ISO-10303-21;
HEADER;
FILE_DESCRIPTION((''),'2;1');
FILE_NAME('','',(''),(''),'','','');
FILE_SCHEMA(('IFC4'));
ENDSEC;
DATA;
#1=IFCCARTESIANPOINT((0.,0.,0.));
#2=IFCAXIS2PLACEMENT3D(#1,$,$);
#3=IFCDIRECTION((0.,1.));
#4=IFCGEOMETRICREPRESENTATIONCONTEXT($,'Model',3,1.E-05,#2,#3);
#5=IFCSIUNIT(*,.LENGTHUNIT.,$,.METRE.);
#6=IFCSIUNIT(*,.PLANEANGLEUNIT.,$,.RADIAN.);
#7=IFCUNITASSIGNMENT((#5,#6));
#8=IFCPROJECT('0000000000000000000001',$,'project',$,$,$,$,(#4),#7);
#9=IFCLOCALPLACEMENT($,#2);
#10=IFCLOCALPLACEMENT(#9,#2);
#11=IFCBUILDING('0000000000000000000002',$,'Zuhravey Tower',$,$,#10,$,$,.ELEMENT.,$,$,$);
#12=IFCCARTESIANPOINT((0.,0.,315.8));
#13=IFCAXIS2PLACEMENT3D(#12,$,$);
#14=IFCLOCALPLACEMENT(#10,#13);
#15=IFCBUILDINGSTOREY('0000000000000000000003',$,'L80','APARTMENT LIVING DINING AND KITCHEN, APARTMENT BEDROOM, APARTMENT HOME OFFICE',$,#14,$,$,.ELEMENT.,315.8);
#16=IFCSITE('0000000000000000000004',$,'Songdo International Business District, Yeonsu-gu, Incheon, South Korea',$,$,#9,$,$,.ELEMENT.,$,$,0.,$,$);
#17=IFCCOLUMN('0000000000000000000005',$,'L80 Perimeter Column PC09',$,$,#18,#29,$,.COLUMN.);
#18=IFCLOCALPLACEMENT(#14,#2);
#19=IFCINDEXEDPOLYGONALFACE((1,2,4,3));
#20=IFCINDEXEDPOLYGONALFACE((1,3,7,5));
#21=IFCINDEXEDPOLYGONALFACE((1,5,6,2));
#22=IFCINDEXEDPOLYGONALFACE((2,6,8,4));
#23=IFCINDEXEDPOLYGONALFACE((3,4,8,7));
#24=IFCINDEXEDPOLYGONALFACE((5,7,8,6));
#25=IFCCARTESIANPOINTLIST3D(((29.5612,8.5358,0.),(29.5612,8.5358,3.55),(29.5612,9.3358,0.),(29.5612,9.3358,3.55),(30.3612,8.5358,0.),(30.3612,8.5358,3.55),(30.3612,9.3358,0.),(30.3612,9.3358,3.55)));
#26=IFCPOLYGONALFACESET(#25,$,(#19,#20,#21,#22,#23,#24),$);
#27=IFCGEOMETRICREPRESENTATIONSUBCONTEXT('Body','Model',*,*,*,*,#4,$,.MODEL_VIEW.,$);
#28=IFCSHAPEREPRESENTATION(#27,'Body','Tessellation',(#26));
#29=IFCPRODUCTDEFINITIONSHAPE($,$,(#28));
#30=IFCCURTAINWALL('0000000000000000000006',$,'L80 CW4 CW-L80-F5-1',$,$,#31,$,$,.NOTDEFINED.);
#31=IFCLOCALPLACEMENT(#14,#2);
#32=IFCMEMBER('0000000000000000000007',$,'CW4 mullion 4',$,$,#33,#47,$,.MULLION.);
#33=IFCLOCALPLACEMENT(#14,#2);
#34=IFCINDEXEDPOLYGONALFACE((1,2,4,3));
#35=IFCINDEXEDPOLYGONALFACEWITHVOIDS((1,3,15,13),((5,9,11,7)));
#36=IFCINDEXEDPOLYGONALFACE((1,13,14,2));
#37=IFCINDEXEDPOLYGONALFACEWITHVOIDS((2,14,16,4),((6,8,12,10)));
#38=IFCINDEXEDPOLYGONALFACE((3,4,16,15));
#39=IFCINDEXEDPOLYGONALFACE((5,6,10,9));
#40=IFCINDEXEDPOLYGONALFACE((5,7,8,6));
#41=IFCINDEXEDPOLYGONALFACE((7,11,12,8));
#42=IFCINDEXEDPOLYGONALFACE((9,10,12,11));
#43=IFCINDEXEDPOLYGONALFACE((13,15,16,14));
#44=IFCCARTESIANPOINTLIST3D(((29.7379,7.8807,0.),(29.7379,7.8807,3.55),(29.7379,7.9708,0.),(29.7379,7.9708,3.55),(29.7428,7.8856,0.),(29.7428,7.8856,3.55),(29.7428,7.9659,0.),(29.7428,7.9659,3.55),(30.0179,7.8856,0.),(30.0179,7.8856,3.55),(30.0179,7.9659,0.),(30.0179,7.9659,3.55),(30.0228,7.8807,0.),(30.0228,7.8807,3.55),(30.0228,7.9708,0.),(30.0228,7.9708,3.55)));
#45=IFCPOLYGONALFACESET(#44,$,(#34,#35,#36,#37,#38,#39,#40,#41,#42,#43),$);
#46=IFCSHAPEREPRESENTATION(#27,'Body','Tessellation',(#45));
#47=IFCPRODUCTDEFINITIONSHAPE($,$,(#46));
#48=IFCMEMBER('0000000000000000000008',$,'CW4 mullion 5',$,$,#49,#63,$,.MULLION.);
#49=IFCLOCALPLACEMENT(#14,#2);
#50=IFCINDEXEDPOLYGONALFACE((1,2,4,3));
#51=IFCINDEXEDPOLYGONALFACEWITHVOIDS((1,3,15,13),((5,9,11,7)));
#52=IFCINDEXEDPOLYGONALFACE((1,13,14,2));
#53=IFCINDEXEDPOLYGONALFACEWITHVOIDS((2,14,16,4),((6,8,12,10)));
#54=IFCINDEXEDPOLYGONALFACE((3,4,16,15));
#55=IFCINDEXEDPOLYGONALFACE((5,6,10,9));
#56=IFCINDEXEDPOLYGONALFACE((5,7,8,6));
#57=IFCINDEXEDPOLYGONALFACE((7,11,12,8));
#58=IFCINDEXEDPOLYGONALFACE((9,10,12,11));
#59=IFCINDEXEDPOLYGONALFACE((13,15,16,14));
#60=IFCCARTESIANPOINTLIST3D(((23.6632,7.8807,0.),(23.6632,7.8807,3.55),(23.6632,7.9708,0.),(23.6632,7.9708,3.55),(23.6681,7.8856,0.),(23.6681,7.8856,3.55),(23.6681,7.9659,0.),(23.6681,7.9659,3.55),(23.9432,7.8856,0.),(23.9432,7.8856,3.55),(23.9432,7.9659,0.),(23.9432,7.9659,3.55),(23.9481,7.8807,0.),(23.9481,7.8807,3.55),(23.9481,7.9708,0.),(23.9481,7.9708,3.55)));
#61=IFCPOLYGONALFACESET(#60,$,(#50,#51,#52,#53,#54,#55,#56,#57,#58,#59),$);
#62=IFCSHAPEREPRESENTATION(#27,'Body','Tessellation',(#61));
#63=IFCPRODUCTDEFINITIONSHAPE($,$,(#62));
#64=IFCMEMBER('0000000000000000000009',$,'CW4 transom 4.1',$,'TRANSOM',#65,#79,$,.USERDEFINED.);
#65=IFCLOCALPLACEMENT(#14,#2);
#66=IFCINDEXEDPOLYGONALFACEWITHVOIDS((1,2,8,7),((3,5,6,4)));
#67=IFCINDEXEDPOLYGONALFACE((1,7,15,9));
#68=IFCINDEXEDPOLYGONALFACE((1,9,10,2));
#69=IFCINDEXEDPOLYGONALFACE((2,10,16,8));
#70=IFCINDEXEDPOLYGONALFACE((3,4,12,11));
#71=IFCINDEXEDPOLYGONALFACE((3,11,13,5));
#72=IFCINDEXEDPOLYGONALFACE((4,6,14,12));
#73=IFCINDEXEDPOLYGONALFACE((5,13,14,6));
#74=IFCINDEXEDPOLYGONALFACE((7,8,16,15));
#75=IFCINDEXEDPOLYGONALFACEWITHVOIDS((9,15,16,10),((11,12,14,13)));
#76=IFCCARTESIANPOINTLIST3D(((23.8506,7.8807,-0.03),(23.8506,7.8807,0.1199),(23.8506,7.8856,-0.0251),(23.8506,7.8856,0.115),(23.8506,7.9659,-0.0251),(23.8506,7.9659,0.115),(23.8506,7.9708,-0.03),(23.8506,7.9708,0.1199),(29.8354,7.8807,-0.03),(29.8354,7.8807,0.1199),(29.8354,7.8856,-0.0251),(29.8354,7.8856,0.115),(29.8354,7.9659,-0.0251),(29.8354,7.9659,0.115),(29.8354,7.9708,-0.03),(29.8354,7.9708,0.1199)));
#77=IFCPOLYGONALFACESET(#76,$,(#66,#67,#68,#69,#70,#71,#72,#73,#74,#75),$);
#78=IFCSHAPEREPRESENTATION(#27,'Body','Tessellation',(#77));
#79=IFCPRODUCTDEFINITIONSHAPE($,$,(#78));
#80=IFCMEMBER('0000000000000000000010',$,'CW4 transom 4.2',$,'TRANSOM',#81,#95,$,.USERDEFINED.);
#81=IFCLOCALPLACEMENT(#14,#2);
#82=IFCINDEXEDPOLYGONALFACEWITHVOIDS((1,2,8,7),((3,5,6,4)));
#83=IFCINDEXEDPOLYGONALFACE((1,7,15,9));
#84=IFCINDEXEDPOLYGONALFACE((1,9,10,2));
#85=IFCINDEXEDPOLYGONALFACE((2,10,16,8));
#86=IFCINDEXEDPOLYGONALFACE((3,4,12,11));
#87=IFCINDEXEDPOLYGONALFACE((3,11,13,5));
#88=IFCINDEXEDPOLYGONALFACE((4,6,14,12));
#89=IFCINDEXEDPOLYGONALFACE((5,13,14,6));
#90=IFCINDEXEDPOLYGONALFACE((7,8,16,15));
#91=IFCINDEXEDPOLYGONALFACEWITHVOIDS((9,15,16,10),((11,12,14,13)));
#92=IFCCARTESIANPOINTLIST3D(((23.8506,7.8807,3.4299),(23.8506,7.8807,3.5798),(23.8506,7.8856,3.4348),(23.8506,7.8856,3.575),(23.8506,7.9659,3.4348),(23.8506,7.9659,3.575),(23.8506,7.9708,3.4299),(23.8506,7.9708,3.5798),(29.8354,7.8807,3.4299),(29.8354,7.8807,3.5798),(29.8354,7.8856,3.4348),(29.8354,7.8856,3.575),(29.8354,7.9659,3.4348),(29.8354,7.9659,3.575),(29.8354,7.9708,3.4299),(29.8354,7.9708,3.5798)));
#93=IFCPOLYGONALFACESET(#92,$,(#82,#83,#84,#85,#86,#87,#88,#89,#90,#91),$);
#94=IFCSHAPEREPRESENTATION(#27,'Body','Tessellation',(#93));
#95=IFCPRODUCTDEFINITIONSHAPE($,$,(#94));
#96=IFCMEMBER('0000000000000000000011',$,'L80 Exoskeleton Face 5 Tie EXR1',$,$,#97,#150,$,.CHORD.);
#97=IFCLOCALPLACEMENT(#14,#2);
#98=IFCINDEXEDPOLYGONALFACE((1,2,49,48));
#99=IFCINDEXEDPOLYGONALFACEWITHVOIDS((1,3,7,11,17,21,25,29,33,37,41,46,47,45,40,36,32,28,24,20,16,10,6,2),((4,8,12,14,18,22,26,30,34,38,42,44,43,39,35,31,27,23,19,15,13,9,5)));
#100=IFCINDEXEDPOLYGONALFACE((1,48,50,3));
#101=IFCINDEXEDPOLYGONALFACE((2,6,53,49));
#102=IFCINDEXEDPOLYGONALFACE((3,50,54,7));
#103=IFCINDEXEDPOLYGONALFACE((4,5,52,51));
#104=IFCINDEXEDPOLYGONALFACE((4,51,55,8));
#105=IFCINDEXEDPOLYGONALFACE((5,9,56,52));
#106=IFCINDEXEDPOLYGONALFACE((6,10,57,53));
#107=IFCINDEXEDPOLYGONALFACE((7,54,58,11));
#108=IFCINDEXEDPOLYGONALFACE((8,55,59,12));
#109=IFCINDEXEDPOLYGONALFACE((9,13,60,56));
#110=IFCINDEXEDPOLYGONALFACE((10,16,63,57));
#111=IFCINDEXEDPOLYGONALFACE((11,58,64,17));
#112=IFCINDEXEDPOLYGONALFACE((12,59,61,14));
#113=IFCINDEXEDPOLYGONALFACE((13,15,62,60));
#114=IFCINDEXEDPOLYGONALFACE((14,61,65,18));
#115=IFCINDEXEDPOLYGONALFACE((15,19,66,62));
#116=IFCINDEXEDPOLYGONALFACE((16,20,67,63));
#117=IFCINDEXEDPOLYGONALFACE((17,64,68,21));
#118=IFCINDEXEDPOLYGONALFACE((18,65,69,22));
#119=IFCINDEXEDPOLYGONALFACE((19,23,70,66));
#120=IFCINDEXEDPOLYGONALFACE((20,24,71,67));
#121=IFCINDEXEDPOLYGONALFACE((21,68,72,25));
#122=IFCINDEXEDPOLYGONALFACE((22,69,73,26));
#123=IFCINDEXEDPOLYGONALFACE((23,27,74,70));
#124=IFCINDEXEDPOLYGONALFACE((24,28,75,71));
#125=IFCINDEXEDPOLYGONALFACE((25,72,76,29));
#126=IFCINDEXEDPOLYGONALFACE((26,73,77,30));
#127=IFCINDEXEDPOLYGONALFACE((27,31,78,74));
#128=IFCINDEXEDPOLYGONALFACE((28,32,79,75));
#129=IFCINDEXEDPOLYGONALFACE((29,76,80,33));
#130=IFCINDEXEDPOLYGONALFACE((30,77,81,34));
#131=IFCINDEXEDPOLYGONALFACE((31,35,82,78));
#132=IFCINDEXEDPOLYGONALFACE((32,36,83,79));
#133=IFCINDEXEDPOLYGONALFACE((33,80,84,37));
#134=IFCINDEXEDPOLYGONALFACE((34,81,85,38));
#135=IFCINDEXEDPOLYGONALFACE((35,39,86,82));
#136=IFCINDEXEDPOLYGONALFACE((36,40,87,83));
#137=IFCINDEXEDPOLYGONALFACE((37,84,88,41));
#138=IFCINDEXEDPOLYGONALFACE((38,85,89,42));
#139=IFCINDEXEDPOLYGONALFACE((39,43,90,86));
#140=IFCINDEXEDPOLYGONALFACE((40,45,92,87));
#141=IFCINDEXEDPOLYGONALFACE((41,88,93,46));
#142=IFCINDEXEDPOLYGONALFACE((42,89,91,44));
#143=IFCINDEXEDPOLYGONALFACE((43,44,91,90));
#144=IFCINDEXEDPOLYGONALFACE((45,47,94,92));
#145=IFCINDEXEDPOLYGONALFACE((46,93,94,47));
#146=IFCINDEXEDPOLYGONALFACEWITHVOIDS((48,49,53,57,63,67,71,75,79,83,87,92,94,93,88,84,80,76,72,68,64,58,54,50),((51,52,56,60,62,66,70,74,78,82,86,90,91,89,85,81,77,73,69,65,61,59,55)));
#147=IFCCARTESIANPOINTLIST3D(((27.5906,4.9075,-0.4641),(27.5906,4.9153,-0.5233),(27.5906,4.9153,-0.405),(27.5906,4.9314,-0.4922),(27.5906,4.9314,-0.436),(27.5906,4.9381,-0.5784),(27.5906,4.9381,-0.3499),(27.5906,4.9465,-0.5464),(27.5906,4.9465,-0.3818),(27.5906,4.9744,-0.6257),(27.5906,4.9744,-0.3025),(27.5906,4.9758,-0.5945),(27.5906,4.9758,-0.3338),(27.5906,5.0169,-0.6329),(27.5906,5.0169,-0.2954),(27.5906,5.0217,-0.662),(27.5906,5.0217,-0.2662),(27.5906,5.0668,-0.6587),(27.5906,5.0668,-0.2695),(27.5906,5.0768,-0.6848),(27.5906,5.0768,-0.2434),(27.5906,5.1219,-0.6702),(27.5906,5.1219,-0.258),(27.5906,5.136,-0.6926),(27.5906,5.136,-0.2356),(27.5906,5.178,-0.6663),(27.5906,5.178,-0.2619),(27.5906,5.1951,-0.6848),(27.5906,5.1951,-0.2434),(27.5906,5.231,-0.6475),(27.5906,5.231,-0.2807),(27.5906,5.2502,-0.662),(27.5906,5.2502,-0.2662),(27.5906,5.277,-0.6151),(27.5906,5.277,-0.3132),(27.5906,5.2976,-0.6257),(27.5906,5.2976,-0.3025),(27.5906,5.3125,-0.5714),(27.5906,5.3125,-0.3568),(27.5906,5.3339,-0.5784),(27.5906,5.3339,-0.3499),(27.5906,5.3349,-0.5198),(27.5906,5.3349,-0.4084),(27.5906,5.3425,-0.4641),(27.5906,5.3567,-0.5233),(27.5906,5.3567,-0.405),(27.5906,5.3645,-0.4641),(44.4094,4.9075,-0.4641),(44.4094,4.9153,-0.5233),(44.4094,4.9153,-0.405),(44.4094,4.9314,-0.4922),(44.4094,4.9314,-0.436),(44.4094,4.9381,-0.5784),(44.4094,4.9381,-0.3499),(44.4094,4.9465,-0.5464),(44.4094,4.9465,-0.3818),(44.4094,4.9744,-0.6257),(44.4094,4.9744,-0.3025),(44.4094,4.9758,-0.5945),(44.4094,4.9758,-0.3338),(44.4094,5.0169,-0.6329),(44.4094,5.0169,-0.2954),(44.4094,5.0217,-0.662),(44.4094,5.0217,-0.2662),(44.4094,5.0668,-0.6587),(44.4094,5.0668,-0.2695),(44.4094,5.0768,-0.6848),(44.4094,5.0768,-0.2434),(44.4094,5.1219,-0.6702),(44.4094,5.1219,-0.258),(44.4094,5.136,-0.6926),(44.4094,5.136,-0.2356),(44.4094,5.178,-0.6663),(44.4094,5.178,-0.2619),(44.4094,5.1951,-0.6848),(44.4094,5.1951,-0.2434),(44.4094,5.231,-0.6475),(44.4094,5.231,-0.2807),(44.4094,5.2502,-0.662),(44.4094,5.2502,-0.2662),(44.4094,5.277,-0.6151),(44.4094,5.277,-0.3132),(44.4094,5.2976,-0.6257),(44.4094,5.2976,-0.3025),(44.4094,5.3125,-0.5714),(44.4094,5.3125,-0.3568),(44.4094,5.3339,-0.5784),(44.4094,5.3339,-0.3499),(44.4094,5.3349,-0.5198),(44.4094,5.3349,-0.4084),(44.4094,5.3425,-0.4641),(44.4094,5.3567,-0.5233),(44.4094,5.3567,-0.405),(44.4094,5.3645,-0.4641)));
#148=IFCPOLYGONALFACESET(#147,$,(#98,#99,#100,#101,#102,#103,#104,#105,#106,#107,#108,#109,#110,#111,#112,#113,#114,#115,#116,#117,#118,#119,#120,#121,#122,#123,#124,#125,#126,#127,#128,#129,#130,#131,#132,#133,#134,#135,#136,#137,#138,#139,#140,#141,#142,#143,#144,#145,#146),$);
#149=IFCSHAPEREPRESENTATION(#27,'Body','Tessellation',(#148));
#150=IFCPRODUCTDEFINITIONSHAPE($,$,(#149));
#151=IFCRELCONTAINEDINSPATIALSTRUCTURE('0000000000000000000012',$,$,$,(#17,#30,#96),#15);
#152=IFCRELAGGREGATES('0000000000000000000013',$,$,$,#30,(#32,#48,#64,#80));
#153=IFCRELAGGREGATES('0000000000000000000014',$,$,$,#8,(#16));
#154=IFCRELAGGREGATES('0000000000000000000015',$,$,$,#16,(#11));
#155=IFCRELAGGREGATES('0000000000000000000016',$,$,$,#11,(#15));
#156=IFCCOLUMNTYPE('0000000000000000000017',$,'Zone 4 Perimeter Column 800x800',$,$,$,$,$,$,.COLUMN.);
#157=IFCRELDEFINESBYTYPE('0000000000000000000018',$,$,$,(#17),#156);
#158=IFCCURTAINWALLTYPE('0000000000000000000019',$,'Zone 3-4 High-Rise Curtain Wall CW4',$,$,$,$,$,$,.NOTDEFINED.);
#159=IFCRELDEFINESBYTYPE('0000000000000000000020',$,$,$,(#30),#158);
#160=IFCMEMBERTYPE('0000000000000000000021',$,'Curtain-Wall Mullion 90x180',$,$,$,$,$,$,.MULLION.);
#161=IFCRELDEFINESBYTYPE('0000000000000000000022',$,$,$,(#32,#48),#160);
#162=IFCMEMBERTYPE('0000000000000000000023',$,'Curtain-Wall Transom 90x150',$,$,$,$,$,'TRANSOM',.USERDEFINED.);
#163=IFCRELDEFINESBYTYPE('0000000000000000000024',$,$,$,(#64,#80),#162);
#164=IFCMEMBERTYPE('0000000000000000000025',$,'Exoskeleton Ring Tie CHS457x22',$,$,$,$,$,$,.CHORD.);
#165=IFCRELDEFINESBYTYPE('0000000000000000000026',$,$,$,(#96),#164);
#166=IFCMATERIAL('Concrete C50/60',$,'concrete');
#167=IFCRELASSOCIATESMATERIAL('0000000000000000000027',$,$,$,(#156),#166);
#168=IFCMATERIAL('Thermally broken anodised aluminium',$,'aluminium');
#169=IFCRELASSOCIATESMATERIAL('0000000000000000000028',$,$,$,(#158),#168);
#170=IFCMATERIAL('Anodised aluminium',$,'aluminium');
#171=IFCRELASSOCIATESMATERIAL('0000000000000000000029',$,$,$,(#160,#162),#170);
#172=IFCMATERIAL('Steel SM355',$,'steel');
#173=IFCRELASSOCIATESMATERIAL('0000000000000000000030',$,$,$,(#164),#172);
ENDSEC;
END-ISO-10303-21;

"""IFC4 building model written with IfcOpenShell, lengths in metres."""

from ifc_helpers import new_model, si_unit, direction, frame, origin, origin_2d, place, context, subcontext, project, spatial, rectangle, hollow_rectangle, hollow_circle, extrude, material, material_profile, profile_set, type_object, element, aggregate, save


model = new_model("IFC4")

# Units and contexts
model_context = context("Model", 3, precision=1e-05, world=origin(), true_north=direction((0.0, 1.0)))
body_context = subcontext(model_context, "Body", "Model", "MODEL_VIEW")
ifc_project = project(units=[si_unit("LENGTHUNIT", "METRE"), si_unit("PLANEANGLEUNIT", "RADIAN")], contexts=[model_context])

# Site, building, storey
site_placement = place(None, origin())
site = spatial("IfcSite", under=ifc_project, at=site_placement, Name="Songdo International Business District, Yeonsu-gu, Incheon, South Korea", CompositionType="ELEMENT", RefElevation=0.0)
building_placement = place(site_placement, origin())
building = spatial("IfcBuilding", under=site, at=building_placement, Name="Zuhravey Tower", CompositionType="ELEMENT")
storey_placement = place(building_placement, frame((0.0, 0.0, 315.8)))
storey = spatial("IfcBuildingStorey", under=building, at=storey_placement, Name="L80", Description="APARTMENT LIVING DINING AND KITCHEN, APARTMENT BEDROOM, APARTMENT HOME OFFICE", CompositionType="ELEMENT", Elevation=315.8)

# Column
ifc_material_1 = material(Name="Concrete C50/60", Category="concrete")
ifc_material_profile_1 = material_profile(ifc_material_1, rectangle(XDim=0.8, YDim=0.8, at=origin_2d()), Name="RC-800x800")
ifc_profile_set_1 = profile_set([ifc_material_profile_1], Name="Concrete C50/60")
column_type = type_object("IfcColumnType", Name="Zone 4 Perimeter Column 800x800", PredefinedType="COLUMN", material=ifc_profile_set_1)
column_placement = place(storey_placement, frame((29.9612, 8.9358, 0.0), z_axis=(0.0, 0.0, 1.0), x_axis=(1.0, 0.0, 0.0)))
element("IfcColumn", 1, at=column_placement, inside=storey, type_object=column_type, Name="L80 Perimeter Column PC09", PredefinedType="COLUMN", context=body_context, shape_type="SweptSolid", body=[
    extrude(rectangle(XDim=0.8, YDim=0.8, at=origin_2d()), origin(), (0.0, 0.0, 1.0), 3.55),
])

# Curtain wall, members
ifc_material_2 = material(Name="Thermally broken anodised aluminium", Category="aluminium")
curtain_wall_type = type_object("IfcCurtainWallType", Name="Zone 3-4 High-Rise Curtain Wall CW4", PredefinedType="NOTDEFINED", material=ifc_material_2)
curtain_wall_placement = place(storey_placement, origin())
curtain_wall = element("IfcCurtainWall", 2, at=curtain_wall_placement, inside=storey, type_object=curtain_wall_type, Name="L80 CW4 CW-L80-F5-1", PredefinedType="NOTDEFINED")
ifc_material_3 = material(Name="Anodised aluminium", Category="aluminium")
ifc_material_profile_2 = material_profile(ifc_material_3, hollow_rectangle(XDim=0.0901, YDim=0.2849, WallThickness=0.0049, at=origin_2d()), Name="ALU-RHS-90x285x5")
ifc_profile_set_2 = profile_set([ifc_material_profile_2], Name="Anodised aluminium")
member_type_1 = type_object("IfcMemberType", Name="Curtain-Wall Mullion 90x180", PredefinedType="MULLION", material=ifc_profile_set_2)
member_1_placement = place(storey_placement, frame((29.8804, 7.9258, 0.0), z_axis=(0.0, 0.0, 1.0), x_axis=(0.0, -1.0, 0.0)))
member_1 = element("IfcMember", 3, at=member_1_placement, type_object=member_type_1, Name="CW4 mullion 4", PredefinedType="MULLION", context=body_context, shape_type="SweptSolid", body=[
    extrude(hollow_rectangle(XDim=0.0901, YDim=0.2849, WallThickness=0.0049, at=origin_2d()), origin(), (0.0, 0.0, 1.0), 3.55),
])
member_2_placement = place(storey_placement, frame((23.8057, 7.9258, 0.0), z_axis=(0.0, 0.0, 1.0), x_axis=(0.0, -1.0, 0.0)))
member_2 = element("IfcMember", 4, at=member_2_placement, type_object=member_type_1, Name="CW4 mullion 5", PredefinedType="MULLION", context=body_context, shape_type="SweptSolid", body=[
    extrude(hollow_rectangle(XDim=0.0901, YDim=0.2849, WallThickness=0.0049, at=origin_2d()), origin(), (0.0, 0.0, 1.0), 3.55),
])
ifc_material_profile_3 = material_profile(ifc_material_3, hollow_rectangle(XDim=0.0901, YDim=0.1499, WallThickness=0.0049, at=origin_2d()), Name="ALU-RHS-90x150x5")
ifc_profile_set_3 = profile_set([ifc_material_profile_3], Name="Anodised aluminium")
member_type_2 = type_object("IfcMemberType", Name="Curtain-Wall Transom 90x150", ElementType="TRANSOM", PredefinedType="USERDEFINED", material=ifc_profile_set_3)
member_3_placement = place(storey_placement, frame((29.8354, 7.9258, 0.0449), z_axis=(-1.0, 0.0, 0.0), x_axis=(0.0, -1.0, 0.0)))
member_3 = element("IfcMember", 5, at=member_3_placement, type_object=member_type_2, Name="CW4 transom 4.1", ObjectType="TRANSOM", PredefinedType="USERDEFINED", context=body_context, shape_type="SweptSolid", body=[
    extrude(hollow_rectangle(XDim=0.0901, YDim=0.1499, WallThickness=0.0049, at=origin_2d()), origin(), (0.0, 0.0, 1.0), 5.9849),
])
member_4_placement = place(storey_placement, frame((29.8354, 7.9258, 3.5049), z_axis=(-1.0, 0.0, 0.0), x_axis=(0.0, -1.0, 0.0)))
member_4 = element("IfcMember", 6, at=member_4_placement, type_object=member_type_2, Name="CW4 transom 4.2", ObjectType="TRANSOM", PredefinedType="USERDEFINED", context=body_context, shape_type="SweptSolid", body=[
    extrude(hollow_rectangle(XDim=0.0901, YDim=0.1499, WallThickness=0.0049, at=origin_2d()), origin(), (0.0, 0.0, 1.0), 5.9849),
])

# Member
ifc_material_4 = material(Name="Steel SM355", Category="steel")
ifc_material_profile_4 = material_profile(ifc_material_4, hollow_circle(Radius=0.2285, WallThickness=0.022, at=origin_2d()), Name="CHS-457.2x22")
ifc_profile_set_4 = profile_set([ifc_material_profile_4], Name="Steel SM355")
member_type_3 = type_object("IfcMemberType", Name="Exoskeleton Ring Tie CHS457x22", PredefinedType="CHORD", material=ifc_profile_set_4)
member_5_placement = place(storey_placement, frame((27.5906, 5.136, -0.4641), z_axis=(1.0, 0.0, 0.0), x_axis=(0.0, 1.0, 0.0)))
element("IfcMember", 7, at=member_5_placement, inside=storey, type_object=member_type_3, Name="L80 Exoskeleton Face 5 Tie EXR1", PredefinedType="CHORD", context=body_context, shape_type="SweptSolid", body=[
    extrude(hollow_circle(Radius=0.2285, WallThickness=0.022, at=origin_2d()), origin(), (0.0, 0.0, 1.0), 16.8188),
])

aggregate(curtain_wall, [member_1, member_2, member_3, member_4])

save(model, "model.ifc")
